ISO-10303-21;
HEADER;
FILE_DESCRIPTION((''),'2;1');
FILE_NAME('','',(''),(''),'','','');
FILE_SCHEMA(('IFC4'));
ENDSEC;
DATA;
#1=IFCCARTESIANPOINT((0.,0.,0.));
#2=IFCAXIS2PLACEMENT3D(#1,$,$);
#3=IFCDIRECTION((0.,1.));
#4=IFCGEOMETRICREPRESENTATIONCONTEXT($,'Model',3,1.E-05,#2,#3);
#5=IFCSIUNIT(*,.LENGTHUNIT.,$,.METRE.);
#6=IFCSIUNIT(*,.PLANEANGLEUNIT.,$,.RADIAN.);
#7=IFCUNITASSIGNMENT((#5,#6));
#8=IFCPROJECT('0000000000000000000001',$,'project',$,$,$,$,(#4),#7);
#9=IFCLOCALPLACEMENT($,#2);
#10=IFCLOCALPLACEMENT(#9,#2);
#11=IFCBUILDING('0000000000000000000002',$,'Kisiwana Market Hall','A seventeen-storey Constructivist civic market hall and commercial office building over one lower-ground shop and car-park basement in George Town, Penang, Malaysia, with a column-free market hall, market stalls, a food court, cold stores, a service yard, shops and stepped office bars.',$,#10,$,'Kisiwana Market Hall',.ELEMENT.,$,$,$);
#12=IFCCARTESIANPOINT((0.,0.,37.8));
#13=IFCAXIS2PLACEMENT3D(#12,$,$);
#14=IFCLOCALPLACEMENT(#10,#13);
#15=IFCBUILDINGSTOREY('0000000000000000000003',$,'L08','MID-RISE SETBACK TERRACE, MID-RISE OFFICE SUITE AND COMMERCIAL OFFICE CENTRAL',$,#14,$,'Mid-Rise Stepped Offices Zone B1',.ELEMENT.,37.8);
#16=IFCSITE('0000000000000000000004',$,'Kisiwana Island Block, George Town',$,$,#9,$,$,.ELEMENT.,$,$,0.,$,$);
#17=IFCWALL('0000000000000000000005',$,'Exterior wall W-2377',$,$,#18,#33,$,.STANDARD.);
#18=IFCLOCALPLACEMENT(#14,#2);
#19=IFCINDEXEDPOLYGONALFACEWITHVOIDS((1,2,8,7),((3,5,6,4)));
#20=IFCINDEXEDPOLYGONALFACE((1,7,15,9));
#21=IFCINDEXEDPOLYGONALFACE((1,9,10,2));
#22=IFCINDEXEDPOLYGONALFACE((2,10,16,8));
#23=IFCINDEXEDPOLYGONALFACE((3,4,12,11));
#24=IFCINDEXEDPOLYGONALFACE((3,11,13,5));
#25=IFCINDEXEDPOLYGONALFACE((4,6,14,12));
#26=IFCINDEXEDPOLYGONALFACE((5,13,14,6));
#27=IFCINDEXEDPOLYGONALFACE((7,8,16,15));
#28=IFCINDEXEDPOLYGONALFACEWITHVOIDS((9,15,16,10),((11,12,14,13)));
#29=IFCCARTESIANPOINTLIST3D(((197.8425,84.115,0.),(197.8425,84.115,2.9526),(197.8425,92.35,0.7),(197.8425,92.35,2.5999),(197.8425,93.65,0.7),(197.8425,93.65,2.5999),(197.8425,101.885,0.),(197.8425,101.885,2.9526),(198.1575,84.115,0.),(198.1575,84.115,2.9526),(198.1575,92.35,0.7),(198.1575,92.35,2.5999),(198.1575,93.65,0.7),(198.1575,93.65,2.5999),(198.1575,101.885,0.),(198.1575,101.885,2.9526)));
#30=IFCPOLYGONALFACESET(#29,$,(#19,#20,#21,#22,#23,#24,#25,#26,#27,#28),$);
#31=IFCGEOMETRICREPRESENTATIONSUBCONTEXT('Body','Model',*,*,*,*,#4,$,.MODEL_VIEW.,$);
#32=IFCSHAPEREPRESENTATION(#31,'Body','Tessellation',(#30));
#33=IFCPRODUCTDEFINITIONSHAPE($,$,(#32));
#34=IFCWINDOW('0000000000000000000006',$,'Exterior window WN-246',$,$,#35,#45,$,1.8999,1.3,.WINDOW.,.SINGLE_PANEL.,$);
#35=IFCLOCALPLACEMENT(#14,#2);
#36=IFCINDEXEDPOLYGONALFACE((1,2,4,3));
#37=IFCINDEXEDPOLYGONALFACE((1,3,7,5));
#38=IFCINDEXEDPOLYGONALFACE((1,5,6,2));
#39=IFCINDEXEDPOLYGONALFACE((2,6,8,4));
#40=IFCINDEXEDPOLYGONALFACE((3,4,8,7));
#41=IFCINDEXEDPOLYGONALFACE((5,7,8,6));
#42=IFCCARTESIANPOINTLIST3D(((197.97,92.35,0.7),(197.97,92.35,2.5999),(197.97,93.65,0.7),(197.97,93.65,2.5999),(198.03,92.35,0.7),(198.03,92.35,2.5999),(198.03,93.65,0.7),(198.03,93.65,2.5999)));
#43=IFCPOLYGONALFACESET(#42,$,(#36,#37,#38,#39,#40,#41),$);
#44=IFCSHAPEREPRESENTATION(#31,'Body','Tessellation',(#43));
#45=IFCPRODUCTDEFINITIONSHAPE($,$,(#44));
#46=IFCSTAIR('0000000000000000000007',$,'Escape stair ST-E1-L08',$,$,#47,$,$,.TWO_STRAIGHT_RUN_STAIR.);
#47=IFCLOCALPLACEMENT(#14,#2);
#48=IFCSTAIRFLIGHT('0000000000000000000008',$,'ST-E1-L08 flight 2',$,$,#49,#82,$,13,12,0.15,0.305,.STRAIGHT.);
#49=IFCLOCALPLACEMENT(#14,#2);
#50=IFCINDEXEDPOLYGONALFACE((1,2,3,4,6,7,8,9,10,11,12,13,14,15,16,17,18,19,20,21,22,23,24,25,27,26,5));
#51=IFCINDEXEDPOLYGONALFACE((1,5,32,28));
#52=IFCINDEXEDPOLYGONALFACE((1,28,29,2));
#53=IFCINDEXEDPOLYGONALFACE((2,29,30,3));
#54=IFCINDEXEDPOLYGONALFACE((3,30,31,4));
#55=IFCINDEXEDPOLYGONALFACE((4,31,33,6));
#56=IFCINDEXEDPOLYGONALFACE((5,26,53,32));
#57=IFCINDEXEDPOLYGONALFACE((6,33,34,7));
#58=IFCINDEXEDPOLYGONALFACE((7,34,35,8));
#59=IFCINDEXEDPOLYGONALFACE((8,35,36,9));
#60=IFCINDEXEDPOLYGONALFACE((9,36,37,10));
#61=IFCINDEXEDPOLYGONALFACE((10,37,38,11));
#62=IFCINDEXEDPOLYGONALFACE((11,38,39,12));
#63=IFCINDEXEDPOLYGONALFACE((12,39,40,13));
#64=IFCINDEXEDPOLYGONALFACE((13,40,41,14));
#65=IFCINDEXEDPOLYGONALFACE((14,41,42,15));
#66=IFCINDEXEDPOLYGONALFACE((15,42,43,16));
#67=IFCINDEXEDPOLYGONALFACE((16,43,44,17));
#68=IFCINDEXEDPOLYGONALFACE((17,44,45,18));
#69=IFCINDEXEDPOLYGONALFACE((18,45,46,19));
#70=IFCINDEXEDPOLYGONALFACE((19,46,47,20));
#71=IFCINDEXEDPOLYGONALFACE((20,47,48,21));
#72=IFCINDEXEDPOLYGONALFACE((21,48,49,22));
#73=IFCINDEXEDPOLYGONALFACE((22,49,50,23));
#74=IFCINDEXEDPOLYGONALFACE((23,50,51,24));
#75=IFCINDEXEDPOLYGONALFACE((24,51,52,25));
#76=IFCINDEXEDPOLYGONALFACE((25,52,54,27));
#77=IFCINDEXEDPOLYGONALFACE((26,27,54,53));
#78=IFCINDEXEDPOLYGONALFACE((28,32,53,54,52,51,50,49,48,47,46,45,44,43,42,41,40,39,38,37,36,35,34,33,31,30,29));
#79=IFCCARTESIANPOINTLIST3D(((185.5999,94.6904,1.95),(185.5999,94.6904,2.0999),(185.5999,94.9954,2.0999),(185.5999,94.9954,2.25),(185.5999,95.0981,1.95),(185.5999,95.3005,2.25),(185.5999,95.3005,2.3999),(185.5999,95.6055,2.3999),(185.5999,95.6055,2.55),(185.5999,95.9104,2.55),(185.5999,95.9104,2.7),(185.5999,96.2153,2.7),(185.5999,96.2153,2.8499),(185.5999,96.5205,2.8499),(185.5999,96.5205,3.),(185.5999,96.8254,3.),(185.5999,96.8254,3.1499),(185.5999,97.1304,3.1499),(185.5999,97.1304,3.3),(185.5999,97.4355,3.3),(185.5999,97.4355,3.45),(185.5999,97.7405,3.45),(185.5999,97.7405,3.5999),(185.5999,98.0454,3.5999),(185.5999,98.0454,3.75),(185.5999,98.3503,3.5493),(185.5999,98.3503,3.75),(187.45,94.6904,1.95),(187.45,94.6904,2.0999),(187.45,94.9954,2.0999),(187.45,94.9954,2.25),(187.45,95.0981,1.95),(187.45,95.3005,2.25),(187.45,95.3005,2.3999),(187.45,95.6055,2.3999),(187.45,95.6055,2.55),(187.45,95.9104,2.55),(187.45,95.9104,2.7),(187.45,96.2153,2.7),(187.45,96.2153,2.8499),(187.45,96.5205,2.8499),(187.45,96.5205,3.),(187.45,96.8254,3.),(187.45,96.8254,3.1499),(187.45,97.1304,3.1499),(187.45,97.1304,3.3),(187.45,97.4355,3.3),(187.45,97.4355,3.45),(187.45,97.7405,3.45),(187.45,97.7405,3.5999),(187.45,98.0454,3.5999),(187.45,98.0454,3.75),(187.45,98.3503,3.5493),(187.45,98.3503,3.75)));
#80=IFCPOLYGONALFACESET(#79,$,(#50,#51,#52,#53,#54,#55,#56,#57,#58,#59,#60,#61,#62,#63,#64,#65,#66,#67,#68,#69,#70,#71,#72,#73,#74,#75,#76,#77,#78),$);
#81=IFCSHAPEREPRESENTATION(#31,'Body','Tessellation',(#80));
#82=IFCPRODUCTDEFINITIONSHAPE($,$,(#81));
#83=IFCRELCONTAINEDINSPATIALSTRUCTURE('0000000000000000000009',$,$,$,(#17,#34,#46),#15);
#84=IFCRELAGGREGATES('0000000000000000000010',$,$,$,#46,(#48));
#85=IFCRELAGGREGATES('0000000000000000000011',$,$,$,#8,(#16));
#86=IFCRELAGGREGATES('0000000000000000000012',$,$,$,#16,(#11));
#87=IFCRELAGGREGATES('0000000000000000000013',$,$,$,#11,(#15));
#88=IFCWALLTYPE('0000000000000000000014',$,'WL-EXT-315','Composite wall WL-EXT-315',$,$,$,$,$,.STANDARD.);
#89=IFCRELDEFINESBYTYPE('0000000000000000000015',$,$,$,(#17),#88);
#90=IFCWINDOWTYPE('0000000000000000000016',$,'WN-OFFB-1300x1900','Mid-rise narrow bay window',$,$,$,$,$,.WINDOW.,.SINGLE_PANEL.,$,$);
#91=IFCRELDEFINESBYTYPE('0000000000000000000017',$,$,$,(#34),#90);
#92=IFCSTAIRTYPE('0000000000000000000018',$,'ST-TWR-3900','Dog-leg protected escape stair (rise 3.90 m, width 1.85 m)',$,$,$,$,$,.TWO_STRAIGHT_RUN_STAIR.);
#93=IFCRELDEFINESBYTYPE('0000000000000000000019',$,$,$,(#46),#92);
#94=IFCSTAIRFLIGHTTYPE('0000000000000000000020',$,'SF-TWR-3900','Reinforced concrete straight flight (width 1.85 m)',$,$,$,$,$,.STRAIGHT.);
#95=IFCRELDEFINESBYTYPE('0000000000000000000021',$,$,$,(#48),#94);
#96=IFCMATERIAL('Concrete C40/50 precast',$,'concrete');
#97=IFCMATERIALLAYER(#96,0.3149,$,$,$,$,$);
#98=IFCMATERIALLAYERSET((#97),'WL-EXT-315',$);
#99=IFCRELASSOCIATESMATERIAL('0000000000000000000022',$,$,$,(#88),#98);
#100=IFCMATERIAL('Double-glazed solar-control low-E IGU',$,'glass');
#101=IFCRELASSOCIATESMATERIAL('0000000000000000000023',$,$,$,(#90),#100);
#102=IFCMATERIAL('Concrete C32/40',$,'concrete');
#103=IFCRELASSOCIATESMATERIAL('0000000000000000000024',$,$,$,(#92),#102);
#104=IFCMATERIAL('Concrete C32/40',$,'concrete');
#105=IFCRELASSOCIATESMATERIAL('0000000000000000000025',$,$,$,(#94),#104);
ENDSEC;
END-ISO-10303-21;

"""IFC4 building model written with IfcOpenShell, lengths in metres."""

from ifc_helpers import new_model, si_unit, direction, frame, frame_2d, origin, place, context, subcontext, project, spatial, polyline, rectangle, outline, extrude, material, layer, layer_set, type_object, element, fill, aggregate, save


model = new_model("IFC4")

# Units and contexts
model_context = context("Model", 3, precision=1e-05, world=origin(), true_north=direction((0.0, 1.0)))
body_context = subcontext(model_context, "Body", "Model", "MODEL_VIEW")
ifc_project = project(units=[si_unit("LENGTHUNIT", "METRE"), si_unit("PLANEANGLEUNIT", "RADIAN")], contexts=[model_context])

# Site, building, storey
site_placement = place(None, origin())
site = spatial("IfcSite", under=ifc_project, at=site_placement, Name="Kisiwana Island Block, George Town", CompositionType="ELEMENT", RefElevation=0.0)
building_placement = place(site_placement, origin())
building = spatial("IfcBuilding", under=site, at=building_placement, Name="Kisiwana Market Hall", Description="A seventeen-storey Constructivist civic market hall and commercial office building over one lower-ground shop and car-park basement in George Town, Penang, Malaysia, with a column-free market hall, market stalls, a food court, cold stores, a service yard, shops and stepped office bars.", LongName="Kisiwana Market Hall", CompositionType="ELEMENT")
storey_placement = place(building_placement, frame((0.0, 0.0, 37.8)))
storey = spatial("IfcBuildingStorey", under=building, at=storey_placement, Name="L08", Description="MID-RISE SETBACK TERRACE, MID-RISE OFFICE SUITE AND COMMERCIAL OFFICE CENTRAL", LongName="Mid-Rise Stepped Offices Zone B1", CompositionType="ELEMENT", Elevation=37.8)

# Wall, opening, window
ifc_material_1 = material(Name="Concrete C40/50 precast", Category="concrete")
ifc_layer_1 = layer(ifc_material_1, 0.3149)
ifc_layer_set_1 = layer_set([ifc_layer_1], Name="WL-EXT-315")
wall_type_1 = type_object("IfcWallType", Name="WL-EXT-315", Description="Composite wall WL-EXT-315", PredefinedType="STANDARD", material=ifc_layer_set_1)
wall_1_placement = place(storey_placement, frame((198.0, 84.115, 0.0), z_axis=(0.0, 0.0, 1.0), x_axis=(0.0, 1.0, 0.0)))
wall_1 = element("IfcWall", 1, at=wall_1_placement, inside=storey, type_object=wall_type_1, Name="Exterior wall W-2377", PredefinedType="STANDARD", context=body_context, shape_type="SweptSolid", body=[
    extrude(rectangle(XDim=17.77, YDim=0.3149, at=frame_2d((8.885, 0.0))), origin(), (0.0, 0.0, 1.0), 2.9526),
])
opening_1_placement = place(wall_1_placement, frame((8.2351, 0.0, 0.7)))
opening_1 = element("IfcOpeningElement", 2, at=opening_1_placement, cuts=wall_1, PredefinedType="OPENING", context=body_context, shape_type="SweptSolid", body=[
    extrude(rectangle(XDim=1.3, YDim=1.8999, at=frame_2d((0.6499, 0.95))), frame((0.0, 0.1694, 0.0), z_axis=(0.0, -1.0, 0.0), x_axis=(1.0, 0.0, 0.0)), (0.0, 0.0, 1.0), 0.3389),
])
ifc_material_2 = material(Name="Double-glazed solar-control low-E IGU", Category="glass")
window_type = type_object("IfcWindowType", Name="WN-OFFB-1300x1900", Description="Mid-rise narrow bay window", PartitioningType="SINGLE_PANEL", PredefinedType="WINDOW", material=ifc_material_2)
window_placement = place(opening_1_placement, origin())
window = element("IfcWindow", 3, at=window_placement, inside=storey, type_object=window_type, Name="Exterior window WN-246", OverallHeight=1.8999, OverallWidth=1.3, PartitioningType="SINGLE_PANEL", PredefinedType="WINDOW", context=body_context, shape_type="SweptSolid", body=[
    extrude(rectangle(XDim=1.3, YDim=1.8999, at=frame_2d((0.6499, 0.95))), frame((0.0, 0.03, 0.0), z_axis=(0.0, -1.0, 0.0), x_axis=(1.0, 0.0, 0.0)), (0.0, 0.0, 1.0), 0.0601),
])
fill(opening_1, window)

# Stair, stair flight
ifc_material_3 = material(Name="Concrete C32/40", Category="concrete")
stair_type = type_object("IfcStairType", Name="ST-TWR-3900", Description="Dog-leg protected escape stair (rise 3.90 m, width 1.85 m)", PredefinedType="TWO_STRAIGHT_RUN_STAIR", material=ifc_material_3)
stair_placement = place(storey_placement, origin())
stair = element("IfcStair", 4, at=stair_placement, inside=storey, type_object=stair_type, Name="Escape stair ST-E1-L08", PredefinedType="TWO_STRAIGHT_RUN_STAIR")
ifc_material_4 = material(Name="Concrete C32/40", Category="concrete")
stair_flight_type = type_object("IfcStairFlightType", Name="SF-TWR-3900", Description="Reinforced concrete straight flight (width 1.85 m)", PredefinedType="STRAIGHT", material=ifc_material_4)
stair_flight_placement = place(storey_placement, frame((186.5249, 94.6904, 1.95), z_axis=(0.0, 0.0, 1.0), x_axis=(0.0, 1.0, 0.0)))
stair_flight = element("IfcStairFlight", 5, at=stair_flight_placement, type_object=stair_flight_type, Name="ST-E1-L08 flight 2", NumberOfRisers=13, NumberOfTreads=12, PredefinedType="STRAIGHT", RiserHeight=0.15, TreadLength=0.305, context=body_context, shape_type="SweptSolid", body=[
    extrude(outline(polyline([(0.0, 0.0), (0.0, 0.1499), (0.3049, 0.1499), (0.3049, 0.3), (0.6101, 0.3), (0.6101, 0.45), (0.915, 0.45), (0.915, 0.6001), (1.22, 0.6001), (1.22, 0.75), (1.5249, 0.75), (1.5249, 0.8999), (1.8301, 0.8999), (1.8301, 1.05), (2.135, 1.05), (2.135, 1.2), (2.4399, 1.2), (2.4399, 1.3501), (2.7451, 1.3501), (2.7451, 1.5), (3.05, 1.5), (3.05, 1.6499), (3.355, 1.6499), (3.355, 1.8), (3.6599, 1.8), (3.6599, 1.95), (3.6599, 1.5994), (0.4077, 0.0), (0.0, 0.0)])), frame((0.0, 0.925, 0.0), z_axis=(0.0, -1.0, 0.0), x_axis=(1.0, 0.0, 0.0)), (0.0, 0.0, 1.0), 1.8501),
])
aggregate(stair, [stair_flight])

save(model, "model.ifc")
